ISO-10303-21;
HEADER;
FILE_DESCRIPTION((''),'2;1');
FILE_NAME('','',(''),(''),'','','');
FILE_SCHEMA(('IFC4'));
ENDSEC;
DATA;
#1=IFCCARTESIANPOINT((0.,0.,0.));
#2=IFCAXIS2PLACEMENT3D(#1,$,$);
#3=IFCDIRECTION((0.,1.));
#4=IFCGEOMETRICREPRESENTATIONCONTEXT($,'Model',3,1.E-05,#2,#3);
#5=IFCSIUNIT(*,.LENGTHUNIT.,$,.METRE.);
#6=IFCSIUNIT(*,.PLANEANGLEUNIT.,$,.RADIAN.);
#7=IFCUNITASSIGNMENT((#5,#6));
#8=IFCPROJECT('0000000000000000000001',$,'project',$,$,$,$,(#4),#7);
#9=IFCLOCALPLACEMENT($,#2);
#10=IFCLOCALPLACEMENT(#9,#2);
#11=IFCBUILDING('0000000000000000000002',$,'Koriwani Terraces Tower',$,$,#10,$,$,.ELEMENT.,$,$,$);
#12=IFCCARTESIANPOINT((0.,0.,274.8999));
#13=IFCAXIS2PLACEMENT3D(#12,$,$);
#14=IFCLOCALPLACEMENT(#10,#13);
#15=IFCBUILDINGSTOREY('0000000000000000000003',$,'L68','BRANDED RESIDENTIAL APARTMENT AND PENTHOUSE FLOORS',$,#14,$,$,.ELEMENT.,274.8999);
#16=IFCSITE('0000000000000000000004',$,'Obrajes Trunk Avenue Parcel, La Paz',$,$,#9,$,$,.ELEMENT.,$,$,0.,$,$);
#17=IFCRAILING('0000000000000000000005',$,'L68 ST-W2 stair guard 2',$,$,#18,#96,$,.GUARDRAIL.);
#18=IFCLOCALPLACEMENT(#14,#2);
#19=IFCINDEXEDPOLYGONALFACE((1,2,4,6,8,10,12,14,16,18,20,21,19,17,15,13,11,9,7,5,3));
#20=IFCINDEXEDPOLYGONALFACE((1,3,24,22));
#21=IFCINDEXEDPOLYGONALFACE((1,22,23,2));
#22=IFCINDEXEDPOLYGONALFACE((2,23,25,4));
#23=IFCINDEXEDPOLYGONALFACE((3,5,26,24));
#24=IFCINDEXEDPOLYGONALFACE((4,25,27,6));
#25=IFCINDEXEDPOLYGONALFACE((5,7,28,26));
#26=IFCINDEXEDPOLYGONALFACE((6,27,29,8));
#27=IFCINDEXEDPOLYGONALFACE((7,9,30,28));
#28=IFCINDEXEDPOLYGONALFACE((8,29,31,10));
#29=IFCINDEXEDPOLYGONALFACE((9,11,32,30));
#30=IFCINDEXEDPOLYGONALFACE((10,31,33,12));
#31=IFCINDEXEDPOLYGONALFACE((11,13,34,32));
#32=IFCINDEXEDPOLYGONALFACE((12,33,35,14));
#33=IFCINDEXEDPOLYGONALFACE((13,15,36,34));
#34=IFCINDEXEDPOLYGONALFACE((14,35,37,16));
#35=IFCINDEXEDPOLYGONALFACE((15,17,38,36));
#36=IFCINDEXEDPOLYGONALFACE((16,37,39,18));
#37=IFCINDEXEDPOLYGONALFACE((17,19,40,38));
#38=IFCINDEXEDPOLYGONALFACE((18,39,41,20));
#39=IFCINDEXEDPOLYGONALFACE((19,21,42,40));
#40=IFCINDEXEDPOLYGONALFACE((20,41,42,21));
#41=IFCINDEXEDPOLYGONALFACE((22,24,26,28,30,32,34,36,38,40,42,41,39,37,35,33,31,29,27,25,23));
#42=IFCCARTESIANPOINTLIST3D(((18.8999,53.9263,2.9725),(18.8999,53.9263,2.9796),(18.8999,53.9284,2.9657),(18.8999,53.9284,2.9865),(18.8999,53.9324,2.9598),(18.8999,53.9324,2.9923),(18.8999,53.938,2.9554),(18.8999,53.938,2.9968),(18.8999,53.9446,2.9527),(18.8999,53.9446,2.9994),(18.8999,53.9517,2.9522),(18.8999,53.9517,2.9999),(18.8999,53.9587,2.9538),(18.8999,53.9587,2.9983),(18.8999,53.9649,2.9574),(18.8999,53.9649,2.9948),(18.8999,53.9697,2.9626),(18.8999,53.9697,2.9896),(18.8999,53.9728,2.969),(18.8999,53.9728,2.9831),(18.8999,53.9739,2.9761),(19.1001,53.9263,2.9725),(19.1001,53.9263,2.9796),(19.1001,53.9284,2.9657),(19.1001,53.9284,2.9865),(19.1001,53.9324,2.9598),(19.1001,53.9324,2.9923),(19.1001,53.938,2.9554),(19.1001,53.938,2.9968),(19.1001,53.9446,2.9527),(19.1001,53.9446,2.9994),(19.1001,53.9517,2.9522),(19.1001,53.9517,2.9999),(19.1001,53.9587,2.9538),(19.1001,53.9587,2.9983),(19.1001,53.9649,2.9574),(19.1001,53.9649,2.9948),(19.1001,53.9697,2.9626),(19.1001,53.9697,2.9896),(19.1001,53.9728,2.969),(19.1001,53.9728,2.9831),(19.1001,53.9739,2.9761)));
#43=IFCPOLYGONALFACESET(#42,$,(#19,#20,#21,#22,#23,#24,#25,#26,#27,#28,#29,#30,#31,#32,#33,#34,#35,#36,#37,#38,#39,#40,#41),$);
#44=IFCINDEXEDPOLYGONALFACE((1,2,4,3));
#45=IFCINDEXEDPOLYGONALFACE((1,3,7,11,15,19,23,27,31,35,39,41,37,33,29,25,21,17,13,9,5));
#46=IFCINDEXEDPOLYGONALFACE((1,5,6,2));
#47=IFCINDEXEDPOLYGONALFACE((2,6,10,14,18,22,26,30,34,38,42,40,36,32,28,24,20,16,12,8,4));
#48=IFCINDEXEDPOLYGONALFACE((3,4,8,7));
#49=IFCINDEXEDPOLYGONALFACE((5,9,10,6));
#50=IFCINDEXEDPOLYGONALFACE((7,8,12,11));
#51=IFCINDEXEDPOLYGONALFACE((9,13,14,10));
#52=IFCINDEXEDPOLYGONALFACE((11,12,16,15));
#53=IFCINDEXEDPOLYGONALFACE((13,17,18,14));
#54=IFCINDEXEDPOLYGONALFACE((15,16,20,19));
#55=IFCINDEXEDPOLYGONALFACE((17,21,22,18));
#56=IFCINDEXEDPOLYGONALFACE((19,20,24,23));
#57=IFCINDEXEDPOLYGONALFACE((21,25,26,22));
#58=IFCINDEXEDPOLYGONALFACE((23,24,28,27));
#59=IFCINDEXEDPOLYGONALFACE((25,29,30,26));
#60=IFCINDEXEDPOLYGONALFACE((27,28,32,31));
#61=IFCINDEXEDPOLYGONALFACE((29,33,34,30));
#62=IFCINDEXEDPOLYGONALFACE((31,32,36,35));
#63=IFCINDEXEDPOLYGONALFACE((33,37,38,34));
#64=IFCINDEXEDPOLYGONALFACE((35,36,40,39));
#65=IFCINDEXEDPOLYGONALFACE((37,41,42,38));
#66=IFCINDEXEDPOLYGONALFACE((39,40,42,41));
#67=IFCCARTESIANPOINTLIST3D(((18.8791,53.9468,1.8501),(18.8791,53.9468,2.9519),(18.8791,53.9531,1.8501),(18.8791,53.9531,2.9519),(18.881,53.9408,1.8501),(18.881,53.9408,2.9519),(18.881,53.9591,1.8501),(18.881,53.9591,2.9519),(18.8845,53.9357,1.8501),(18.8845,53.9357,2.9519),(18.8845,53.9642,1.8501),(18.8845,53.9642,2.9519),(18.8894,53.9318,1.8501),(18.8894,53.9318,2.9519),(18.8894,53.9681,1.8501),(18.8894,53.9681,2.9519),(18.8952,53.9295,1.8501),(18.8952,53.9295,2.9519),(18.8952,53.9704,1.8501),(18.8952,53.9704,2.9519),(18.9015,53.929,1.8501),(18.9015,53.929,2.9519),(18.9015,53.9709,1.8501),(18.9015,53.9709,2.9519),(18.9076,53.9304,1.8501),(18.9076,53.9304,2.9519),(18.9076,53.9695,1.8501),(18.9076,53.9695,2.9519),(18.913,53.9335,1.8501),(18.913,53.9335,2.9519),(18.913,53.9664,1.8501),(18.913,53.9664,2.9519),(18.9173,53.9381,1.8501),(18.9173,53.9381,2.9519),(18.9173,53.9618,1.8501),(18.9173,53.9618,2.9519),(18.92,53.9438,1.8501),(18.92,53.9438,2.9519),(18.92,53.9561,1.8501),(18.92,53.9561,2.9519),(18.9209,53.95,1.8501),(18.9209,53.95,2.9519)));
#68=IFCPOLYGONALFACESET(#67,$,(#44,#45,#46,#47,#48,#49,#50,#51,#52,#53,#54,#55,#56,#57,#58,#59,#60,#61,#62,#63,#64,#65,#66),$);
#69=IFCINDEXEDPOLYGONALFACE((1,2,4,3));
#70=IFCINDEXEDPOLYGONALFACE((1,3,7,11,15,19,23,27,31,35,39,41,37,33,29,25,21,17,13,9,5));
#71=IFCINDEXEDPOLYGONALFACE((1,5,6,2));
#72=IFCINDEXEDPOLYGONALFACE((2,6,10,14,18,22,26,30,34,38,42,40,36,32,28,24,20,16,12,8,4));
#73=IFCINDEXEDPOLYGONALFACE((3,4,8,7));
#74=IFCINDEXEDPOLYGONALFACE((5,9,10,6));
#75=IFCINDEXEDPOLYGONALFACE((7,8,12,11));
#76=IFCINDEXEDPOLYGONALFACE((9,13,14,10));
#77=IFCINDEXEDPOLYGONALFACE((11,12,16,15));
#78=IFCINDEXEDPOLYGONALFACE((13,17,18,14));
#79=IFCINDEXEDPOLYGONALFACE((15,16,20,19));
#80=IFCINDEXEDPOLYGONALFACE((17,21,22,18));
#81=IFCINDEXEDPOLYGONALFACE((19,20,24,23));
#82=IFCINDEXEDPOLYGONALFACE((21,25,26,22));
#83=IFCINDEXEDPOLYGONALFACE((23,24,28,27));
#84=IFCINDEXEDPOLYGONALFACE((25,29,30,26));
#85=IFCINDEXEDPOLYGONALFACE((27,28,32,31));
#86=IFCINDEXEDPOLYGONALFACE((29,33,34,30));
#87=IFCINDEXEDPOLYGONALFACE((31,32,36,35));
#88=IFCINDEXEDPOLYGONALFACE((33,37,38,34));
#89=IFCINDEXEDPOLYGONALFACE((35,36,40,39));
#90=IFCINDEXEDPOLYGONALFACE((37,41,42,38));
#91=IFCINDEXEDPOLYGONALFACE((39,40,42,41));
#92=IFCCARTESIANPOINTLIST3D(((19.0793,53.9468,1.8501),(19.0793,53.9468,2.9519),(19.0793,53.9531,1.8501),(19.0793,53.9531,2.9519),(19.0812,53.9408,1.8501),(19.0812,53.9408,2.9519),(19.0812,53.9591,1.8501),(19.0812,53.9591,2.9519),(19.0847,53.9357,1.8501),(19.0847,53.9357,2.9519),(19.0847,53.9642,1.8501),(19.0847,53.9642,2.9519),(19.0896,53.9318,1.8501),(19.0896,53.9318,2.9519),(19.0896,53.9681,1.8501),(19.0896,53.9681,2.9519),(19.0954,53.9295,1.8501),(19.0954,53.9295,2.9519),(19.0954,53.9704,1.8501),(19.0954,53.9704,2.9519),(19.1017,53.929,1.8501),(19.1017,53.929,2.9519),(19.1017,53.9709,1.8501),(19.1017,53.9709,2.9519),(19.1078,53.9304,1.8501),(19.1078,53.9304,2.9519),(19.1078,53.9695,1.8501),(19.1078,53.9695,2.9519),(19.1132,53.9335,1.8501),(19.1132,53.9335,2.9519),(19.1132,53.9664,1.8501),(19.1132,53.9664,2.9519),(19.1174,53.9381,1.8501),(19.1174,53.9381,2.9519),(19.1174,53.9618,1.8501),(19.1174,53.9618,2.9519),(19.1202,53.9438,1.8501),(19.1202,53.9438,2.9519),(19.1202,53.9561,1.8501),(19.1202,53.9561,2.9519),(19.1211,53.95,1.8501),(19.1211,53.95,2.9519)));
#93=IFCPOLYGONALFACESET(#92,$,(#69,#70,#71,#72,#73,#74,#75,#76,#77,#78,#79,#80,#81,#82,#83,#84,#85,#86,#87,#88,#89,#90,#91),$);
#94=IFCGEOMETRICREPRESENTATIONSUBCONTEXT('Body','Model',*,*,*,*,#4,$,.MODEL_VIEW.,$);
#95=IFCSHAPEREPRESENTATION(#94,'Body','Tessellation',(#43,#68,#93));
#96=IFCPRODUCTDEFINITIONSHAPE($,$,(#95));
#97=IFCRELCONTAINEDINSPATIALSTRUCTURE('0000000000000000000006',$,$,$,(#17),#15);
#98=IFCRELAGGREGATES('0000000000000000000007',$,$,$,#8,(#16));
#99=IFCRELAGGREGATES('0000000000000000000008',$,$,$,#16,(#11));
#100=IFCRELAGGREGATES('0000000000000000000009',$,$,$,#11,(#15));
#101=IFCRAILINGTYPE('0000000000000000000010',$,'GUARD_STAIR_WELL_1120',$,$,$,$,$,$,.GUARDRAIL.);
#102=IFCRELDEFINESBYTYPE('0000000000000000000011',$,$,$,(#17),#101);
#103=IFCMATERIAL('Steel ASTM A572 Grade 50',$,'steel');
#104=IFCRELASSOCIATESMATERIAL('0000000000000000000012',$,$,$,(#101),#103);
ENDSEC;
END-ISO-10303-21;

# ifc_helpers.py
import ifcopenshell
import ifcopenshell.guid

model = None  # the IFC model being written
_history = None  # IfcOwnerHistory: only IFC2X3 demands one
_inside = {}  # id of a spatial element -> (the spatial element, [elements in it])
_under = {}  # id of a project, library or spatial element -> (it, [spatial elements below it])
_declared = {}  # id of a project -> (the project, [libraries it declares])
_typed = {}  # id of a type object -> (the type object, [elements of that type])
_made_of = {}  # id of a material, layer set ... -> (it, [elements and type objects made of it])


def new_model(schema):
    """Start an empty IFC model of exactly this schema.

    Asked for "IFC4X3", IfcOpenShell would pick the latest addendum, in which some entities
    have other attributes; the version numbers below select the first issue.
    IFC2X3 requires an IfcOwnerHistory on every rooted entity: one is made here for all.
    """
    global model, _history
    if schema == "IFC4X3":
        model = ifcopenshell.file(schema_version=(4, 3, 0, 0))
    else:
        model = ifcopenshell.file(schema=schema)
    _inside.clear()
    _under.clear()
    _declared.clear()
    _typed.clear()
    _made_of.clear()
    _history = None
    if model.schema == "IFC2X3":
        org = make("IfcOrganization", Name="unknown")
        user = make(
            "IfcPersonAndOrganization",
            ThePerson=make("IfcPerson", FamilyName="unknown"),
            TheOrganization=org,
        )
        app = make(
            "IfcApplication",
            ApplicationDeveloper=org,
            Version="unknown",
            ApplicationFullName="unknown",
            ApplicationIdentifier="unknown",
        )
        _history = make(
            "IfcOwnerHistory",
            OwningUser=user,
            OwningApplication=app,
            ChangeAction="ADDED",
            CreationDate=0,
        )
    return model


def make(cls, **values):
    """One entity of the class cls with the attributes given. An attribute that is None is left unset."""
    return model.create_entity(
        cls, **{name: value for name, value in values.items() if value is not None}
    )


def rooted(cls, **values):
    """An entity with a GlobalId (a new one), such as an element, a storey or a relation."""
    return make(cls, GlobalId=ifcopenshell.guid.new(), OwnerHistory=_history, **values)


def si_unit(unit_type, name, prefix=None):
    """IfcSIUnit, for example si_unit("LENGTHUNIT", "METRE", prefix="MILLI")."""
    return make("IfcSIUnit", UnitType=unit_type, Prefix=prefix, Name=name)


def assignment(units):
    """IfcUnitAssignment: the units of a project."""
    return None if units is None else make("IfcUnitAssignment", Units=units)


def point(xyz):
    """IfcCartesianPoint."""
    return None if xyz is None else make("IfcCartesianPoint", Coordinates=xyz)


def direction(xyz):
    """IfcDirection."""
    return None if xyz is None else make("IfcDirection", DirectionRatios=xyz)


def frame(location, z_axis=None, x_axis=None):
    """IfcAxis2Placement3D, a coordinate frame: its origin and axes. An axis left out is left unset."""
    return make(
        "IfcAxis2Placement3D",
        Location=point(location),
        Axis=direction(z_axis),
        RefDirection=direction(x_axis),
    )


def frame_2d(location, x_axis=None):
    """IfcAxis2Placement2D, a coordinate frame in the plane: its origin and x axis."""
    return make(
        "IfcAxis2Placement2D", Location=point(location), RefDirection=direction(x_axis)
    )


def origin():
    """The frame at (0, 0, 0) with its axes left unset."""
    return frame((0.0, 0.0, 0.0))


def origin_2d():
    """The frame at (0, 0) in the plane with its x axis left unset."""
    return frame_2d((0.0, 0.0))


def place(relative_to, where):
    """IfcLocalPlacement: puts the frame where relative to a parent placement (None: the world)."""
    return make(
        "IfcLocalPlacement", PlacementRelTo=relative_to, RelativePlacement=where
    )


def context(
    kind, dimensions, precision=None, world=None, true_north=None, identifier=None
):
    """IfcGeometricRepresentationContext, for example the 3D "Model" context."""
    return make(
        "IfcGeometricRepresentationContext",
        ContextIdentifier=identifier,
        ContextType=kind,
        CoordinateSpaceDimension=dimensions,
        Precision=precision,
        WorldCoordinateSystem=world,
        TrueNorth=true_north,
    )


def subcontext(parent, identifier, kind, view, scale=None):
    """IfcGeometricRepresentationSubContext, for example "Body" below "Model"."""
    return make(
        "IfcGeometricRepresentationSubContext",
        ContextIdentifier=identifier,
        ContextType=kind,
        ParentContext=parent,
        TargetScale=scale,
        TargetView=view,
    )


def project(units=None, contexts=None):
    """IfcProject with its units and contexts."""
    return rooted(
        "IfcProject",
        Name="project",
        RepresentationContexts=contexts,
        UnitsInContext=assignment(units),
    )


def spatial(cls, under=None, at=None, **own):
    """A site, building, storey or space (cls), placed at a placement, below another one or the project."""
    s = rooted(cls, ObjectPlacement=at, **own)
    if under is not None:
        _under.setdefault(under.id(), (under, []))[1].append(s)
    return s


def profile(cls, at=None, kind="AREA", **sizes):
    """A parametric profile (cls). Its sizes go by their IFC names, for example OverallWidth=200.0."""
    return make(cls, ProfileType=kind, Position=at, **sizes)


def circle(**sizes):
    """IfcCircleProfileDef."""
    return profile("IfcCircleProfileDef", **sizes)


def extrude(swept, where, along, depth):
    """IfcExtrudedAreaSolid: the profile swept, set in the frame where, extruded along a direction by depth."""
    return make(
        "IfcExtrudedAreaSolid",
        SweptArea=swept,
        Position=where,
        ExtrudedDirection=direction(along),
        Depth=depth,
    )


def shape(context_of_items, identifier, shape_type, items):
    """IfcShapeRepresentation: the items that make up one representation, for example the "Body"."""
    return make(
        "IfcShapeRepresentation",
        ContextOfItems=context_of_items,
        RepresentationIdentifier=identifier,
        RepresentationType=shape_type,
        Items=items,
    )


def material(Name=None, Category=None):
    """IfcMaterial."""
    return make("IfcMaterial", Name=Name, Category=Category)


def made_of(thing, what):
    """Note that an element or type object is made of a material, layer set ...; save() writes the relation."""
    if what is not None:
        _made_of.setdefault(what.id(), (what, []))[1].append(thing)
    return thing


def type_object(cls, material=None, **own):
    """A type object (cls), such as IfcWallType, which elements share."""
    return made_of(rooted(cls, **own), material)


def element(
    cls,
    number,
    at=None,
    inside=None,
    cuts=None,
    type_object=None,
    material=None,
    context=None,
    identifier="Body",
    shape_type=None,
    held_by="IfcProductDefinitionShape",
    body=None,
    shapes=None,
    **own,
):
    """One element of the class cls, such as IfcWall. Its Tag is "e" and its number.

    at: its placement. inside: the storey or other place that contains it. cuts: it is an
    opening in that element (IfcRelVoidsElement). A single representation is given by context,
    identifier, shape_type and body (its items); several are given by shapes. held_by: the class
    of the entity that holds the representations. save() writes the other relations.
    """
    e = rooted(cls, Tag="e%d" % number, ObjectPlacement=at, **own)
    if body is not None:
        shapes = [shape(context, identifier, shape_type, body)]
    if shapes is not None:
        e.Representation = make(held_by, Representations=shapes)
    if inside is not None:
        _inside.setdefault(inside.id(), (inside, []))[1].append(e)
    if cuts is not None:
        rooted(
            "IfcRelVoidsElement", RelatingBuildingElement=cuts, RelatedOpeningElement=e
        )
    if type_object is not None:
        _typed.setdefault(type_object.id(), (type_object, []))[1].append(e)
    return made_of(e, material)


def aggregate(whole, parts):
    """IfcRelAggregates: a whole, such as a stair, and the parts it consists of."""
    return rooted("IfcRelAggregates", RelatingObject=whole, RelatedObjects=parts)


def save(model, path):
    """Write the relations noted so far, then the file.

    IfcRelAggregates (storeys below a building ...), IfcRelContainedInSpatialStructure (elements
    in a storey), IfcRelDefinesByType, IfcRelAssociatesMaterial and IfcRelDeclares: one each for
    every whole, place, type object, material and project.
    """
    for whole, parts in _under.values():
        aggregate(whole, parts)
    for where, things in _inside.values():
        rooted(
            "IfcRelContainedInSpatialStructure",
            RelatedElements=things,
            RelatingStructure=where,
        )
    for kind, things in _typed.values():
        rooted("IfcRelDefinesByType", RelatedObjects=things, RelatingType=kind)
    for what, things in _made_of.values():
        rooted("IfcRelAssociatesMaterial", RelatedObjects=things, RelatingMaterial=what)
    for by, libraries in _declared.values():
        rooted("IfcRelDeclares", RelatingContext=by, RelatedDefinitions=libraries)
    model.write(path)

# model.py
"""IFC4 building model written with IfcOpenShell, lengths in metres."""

from ifc_helpers import new_model, si_unit, direction, frame, origin, origin_2d, place, context, subcontext, project, spatial, circle, extrude, material, type_object, element, save


model = new_model("IFC4")

# Units and contexts
model_context = context("Model", 3, precision=1e-05, world=origin(), true_north=direction((0.0, 1.0)))
body_context = subcontext(model_context, "Body", "Model", "MODEL_VIEW")
ifc_project = project(units=[si_unit("LENGTHUNIT", "METRE"), si_unit("PLANEANGLEUNIT", "RADIAN")], contexts=[model_context])

# Site, building, storey
site_placement = place(None, origin())
site = spatial("IfcSite", under=ifc_project, at=site_placement, Name="Obrajes Trunk Avenue Parcel, La Paz", CompositionType="ELEMENT", RefElevation=0.0)
building_placement = place(site_placement, origin())
building = spatial("IfcBuilding", under=site, at=building_placement, Name="Koriwani Terraces Tower", CompositionType="ELEMENT")
storey_placement = place(building_placement, frame((0.0, 0.0, 274.8999)))
storey = spatial("IfcBuildingStorey", under=building, at=storey_placement, Name="L68", Description="BRANDED RESIDENTIAL APARTMENT AND PENTHOUSE FLOORS", CompositionType="ELEMENT", Elevation=274.8999)

# Railing
ifc_material_1 = material(Name="Steel ASTM A572 Grade 50", Category="steel")
railing_type_1 = type_object("IfcRailingType", Name="GUARD_STAIR_WELL_1120", PredefinedType="GUARDRAIL", material=ifc_material_1)
railing_1_placement = place(storey_placement, frame((18.8999, 53.95, 1.8501)))
element("IfcRailing", 1, at=railing_1_placement, inside=storey, type_object=railing_type_1, Name="L68 ST-W2 stair guard 2", PredefinedType="GUARDRAIL", context=body_context, shape_type="SweptSolid", body=[
    extrude(circle(Radius=0.0239, at=origin_2d()), frame((0.0, 0.0, 1.126), z_axis=(1.0, 0.0, 0.0), x_axis=(0.0, 1.0, 0.0)), (0.0, 0.0, 1.0), 0.2002),
    extrude(circle(Radius=0.021, at=origin_2d()), origin(), (0.0, 0.0, 1.0), 1.1018),
    extrude(circle(Radius=0.021, at=origin_2d()), frame((0.2002, 0.0, 0.0)), (0.0, 0.0, 1.0), 1.1018),
])

save(model, "model.ifc")
